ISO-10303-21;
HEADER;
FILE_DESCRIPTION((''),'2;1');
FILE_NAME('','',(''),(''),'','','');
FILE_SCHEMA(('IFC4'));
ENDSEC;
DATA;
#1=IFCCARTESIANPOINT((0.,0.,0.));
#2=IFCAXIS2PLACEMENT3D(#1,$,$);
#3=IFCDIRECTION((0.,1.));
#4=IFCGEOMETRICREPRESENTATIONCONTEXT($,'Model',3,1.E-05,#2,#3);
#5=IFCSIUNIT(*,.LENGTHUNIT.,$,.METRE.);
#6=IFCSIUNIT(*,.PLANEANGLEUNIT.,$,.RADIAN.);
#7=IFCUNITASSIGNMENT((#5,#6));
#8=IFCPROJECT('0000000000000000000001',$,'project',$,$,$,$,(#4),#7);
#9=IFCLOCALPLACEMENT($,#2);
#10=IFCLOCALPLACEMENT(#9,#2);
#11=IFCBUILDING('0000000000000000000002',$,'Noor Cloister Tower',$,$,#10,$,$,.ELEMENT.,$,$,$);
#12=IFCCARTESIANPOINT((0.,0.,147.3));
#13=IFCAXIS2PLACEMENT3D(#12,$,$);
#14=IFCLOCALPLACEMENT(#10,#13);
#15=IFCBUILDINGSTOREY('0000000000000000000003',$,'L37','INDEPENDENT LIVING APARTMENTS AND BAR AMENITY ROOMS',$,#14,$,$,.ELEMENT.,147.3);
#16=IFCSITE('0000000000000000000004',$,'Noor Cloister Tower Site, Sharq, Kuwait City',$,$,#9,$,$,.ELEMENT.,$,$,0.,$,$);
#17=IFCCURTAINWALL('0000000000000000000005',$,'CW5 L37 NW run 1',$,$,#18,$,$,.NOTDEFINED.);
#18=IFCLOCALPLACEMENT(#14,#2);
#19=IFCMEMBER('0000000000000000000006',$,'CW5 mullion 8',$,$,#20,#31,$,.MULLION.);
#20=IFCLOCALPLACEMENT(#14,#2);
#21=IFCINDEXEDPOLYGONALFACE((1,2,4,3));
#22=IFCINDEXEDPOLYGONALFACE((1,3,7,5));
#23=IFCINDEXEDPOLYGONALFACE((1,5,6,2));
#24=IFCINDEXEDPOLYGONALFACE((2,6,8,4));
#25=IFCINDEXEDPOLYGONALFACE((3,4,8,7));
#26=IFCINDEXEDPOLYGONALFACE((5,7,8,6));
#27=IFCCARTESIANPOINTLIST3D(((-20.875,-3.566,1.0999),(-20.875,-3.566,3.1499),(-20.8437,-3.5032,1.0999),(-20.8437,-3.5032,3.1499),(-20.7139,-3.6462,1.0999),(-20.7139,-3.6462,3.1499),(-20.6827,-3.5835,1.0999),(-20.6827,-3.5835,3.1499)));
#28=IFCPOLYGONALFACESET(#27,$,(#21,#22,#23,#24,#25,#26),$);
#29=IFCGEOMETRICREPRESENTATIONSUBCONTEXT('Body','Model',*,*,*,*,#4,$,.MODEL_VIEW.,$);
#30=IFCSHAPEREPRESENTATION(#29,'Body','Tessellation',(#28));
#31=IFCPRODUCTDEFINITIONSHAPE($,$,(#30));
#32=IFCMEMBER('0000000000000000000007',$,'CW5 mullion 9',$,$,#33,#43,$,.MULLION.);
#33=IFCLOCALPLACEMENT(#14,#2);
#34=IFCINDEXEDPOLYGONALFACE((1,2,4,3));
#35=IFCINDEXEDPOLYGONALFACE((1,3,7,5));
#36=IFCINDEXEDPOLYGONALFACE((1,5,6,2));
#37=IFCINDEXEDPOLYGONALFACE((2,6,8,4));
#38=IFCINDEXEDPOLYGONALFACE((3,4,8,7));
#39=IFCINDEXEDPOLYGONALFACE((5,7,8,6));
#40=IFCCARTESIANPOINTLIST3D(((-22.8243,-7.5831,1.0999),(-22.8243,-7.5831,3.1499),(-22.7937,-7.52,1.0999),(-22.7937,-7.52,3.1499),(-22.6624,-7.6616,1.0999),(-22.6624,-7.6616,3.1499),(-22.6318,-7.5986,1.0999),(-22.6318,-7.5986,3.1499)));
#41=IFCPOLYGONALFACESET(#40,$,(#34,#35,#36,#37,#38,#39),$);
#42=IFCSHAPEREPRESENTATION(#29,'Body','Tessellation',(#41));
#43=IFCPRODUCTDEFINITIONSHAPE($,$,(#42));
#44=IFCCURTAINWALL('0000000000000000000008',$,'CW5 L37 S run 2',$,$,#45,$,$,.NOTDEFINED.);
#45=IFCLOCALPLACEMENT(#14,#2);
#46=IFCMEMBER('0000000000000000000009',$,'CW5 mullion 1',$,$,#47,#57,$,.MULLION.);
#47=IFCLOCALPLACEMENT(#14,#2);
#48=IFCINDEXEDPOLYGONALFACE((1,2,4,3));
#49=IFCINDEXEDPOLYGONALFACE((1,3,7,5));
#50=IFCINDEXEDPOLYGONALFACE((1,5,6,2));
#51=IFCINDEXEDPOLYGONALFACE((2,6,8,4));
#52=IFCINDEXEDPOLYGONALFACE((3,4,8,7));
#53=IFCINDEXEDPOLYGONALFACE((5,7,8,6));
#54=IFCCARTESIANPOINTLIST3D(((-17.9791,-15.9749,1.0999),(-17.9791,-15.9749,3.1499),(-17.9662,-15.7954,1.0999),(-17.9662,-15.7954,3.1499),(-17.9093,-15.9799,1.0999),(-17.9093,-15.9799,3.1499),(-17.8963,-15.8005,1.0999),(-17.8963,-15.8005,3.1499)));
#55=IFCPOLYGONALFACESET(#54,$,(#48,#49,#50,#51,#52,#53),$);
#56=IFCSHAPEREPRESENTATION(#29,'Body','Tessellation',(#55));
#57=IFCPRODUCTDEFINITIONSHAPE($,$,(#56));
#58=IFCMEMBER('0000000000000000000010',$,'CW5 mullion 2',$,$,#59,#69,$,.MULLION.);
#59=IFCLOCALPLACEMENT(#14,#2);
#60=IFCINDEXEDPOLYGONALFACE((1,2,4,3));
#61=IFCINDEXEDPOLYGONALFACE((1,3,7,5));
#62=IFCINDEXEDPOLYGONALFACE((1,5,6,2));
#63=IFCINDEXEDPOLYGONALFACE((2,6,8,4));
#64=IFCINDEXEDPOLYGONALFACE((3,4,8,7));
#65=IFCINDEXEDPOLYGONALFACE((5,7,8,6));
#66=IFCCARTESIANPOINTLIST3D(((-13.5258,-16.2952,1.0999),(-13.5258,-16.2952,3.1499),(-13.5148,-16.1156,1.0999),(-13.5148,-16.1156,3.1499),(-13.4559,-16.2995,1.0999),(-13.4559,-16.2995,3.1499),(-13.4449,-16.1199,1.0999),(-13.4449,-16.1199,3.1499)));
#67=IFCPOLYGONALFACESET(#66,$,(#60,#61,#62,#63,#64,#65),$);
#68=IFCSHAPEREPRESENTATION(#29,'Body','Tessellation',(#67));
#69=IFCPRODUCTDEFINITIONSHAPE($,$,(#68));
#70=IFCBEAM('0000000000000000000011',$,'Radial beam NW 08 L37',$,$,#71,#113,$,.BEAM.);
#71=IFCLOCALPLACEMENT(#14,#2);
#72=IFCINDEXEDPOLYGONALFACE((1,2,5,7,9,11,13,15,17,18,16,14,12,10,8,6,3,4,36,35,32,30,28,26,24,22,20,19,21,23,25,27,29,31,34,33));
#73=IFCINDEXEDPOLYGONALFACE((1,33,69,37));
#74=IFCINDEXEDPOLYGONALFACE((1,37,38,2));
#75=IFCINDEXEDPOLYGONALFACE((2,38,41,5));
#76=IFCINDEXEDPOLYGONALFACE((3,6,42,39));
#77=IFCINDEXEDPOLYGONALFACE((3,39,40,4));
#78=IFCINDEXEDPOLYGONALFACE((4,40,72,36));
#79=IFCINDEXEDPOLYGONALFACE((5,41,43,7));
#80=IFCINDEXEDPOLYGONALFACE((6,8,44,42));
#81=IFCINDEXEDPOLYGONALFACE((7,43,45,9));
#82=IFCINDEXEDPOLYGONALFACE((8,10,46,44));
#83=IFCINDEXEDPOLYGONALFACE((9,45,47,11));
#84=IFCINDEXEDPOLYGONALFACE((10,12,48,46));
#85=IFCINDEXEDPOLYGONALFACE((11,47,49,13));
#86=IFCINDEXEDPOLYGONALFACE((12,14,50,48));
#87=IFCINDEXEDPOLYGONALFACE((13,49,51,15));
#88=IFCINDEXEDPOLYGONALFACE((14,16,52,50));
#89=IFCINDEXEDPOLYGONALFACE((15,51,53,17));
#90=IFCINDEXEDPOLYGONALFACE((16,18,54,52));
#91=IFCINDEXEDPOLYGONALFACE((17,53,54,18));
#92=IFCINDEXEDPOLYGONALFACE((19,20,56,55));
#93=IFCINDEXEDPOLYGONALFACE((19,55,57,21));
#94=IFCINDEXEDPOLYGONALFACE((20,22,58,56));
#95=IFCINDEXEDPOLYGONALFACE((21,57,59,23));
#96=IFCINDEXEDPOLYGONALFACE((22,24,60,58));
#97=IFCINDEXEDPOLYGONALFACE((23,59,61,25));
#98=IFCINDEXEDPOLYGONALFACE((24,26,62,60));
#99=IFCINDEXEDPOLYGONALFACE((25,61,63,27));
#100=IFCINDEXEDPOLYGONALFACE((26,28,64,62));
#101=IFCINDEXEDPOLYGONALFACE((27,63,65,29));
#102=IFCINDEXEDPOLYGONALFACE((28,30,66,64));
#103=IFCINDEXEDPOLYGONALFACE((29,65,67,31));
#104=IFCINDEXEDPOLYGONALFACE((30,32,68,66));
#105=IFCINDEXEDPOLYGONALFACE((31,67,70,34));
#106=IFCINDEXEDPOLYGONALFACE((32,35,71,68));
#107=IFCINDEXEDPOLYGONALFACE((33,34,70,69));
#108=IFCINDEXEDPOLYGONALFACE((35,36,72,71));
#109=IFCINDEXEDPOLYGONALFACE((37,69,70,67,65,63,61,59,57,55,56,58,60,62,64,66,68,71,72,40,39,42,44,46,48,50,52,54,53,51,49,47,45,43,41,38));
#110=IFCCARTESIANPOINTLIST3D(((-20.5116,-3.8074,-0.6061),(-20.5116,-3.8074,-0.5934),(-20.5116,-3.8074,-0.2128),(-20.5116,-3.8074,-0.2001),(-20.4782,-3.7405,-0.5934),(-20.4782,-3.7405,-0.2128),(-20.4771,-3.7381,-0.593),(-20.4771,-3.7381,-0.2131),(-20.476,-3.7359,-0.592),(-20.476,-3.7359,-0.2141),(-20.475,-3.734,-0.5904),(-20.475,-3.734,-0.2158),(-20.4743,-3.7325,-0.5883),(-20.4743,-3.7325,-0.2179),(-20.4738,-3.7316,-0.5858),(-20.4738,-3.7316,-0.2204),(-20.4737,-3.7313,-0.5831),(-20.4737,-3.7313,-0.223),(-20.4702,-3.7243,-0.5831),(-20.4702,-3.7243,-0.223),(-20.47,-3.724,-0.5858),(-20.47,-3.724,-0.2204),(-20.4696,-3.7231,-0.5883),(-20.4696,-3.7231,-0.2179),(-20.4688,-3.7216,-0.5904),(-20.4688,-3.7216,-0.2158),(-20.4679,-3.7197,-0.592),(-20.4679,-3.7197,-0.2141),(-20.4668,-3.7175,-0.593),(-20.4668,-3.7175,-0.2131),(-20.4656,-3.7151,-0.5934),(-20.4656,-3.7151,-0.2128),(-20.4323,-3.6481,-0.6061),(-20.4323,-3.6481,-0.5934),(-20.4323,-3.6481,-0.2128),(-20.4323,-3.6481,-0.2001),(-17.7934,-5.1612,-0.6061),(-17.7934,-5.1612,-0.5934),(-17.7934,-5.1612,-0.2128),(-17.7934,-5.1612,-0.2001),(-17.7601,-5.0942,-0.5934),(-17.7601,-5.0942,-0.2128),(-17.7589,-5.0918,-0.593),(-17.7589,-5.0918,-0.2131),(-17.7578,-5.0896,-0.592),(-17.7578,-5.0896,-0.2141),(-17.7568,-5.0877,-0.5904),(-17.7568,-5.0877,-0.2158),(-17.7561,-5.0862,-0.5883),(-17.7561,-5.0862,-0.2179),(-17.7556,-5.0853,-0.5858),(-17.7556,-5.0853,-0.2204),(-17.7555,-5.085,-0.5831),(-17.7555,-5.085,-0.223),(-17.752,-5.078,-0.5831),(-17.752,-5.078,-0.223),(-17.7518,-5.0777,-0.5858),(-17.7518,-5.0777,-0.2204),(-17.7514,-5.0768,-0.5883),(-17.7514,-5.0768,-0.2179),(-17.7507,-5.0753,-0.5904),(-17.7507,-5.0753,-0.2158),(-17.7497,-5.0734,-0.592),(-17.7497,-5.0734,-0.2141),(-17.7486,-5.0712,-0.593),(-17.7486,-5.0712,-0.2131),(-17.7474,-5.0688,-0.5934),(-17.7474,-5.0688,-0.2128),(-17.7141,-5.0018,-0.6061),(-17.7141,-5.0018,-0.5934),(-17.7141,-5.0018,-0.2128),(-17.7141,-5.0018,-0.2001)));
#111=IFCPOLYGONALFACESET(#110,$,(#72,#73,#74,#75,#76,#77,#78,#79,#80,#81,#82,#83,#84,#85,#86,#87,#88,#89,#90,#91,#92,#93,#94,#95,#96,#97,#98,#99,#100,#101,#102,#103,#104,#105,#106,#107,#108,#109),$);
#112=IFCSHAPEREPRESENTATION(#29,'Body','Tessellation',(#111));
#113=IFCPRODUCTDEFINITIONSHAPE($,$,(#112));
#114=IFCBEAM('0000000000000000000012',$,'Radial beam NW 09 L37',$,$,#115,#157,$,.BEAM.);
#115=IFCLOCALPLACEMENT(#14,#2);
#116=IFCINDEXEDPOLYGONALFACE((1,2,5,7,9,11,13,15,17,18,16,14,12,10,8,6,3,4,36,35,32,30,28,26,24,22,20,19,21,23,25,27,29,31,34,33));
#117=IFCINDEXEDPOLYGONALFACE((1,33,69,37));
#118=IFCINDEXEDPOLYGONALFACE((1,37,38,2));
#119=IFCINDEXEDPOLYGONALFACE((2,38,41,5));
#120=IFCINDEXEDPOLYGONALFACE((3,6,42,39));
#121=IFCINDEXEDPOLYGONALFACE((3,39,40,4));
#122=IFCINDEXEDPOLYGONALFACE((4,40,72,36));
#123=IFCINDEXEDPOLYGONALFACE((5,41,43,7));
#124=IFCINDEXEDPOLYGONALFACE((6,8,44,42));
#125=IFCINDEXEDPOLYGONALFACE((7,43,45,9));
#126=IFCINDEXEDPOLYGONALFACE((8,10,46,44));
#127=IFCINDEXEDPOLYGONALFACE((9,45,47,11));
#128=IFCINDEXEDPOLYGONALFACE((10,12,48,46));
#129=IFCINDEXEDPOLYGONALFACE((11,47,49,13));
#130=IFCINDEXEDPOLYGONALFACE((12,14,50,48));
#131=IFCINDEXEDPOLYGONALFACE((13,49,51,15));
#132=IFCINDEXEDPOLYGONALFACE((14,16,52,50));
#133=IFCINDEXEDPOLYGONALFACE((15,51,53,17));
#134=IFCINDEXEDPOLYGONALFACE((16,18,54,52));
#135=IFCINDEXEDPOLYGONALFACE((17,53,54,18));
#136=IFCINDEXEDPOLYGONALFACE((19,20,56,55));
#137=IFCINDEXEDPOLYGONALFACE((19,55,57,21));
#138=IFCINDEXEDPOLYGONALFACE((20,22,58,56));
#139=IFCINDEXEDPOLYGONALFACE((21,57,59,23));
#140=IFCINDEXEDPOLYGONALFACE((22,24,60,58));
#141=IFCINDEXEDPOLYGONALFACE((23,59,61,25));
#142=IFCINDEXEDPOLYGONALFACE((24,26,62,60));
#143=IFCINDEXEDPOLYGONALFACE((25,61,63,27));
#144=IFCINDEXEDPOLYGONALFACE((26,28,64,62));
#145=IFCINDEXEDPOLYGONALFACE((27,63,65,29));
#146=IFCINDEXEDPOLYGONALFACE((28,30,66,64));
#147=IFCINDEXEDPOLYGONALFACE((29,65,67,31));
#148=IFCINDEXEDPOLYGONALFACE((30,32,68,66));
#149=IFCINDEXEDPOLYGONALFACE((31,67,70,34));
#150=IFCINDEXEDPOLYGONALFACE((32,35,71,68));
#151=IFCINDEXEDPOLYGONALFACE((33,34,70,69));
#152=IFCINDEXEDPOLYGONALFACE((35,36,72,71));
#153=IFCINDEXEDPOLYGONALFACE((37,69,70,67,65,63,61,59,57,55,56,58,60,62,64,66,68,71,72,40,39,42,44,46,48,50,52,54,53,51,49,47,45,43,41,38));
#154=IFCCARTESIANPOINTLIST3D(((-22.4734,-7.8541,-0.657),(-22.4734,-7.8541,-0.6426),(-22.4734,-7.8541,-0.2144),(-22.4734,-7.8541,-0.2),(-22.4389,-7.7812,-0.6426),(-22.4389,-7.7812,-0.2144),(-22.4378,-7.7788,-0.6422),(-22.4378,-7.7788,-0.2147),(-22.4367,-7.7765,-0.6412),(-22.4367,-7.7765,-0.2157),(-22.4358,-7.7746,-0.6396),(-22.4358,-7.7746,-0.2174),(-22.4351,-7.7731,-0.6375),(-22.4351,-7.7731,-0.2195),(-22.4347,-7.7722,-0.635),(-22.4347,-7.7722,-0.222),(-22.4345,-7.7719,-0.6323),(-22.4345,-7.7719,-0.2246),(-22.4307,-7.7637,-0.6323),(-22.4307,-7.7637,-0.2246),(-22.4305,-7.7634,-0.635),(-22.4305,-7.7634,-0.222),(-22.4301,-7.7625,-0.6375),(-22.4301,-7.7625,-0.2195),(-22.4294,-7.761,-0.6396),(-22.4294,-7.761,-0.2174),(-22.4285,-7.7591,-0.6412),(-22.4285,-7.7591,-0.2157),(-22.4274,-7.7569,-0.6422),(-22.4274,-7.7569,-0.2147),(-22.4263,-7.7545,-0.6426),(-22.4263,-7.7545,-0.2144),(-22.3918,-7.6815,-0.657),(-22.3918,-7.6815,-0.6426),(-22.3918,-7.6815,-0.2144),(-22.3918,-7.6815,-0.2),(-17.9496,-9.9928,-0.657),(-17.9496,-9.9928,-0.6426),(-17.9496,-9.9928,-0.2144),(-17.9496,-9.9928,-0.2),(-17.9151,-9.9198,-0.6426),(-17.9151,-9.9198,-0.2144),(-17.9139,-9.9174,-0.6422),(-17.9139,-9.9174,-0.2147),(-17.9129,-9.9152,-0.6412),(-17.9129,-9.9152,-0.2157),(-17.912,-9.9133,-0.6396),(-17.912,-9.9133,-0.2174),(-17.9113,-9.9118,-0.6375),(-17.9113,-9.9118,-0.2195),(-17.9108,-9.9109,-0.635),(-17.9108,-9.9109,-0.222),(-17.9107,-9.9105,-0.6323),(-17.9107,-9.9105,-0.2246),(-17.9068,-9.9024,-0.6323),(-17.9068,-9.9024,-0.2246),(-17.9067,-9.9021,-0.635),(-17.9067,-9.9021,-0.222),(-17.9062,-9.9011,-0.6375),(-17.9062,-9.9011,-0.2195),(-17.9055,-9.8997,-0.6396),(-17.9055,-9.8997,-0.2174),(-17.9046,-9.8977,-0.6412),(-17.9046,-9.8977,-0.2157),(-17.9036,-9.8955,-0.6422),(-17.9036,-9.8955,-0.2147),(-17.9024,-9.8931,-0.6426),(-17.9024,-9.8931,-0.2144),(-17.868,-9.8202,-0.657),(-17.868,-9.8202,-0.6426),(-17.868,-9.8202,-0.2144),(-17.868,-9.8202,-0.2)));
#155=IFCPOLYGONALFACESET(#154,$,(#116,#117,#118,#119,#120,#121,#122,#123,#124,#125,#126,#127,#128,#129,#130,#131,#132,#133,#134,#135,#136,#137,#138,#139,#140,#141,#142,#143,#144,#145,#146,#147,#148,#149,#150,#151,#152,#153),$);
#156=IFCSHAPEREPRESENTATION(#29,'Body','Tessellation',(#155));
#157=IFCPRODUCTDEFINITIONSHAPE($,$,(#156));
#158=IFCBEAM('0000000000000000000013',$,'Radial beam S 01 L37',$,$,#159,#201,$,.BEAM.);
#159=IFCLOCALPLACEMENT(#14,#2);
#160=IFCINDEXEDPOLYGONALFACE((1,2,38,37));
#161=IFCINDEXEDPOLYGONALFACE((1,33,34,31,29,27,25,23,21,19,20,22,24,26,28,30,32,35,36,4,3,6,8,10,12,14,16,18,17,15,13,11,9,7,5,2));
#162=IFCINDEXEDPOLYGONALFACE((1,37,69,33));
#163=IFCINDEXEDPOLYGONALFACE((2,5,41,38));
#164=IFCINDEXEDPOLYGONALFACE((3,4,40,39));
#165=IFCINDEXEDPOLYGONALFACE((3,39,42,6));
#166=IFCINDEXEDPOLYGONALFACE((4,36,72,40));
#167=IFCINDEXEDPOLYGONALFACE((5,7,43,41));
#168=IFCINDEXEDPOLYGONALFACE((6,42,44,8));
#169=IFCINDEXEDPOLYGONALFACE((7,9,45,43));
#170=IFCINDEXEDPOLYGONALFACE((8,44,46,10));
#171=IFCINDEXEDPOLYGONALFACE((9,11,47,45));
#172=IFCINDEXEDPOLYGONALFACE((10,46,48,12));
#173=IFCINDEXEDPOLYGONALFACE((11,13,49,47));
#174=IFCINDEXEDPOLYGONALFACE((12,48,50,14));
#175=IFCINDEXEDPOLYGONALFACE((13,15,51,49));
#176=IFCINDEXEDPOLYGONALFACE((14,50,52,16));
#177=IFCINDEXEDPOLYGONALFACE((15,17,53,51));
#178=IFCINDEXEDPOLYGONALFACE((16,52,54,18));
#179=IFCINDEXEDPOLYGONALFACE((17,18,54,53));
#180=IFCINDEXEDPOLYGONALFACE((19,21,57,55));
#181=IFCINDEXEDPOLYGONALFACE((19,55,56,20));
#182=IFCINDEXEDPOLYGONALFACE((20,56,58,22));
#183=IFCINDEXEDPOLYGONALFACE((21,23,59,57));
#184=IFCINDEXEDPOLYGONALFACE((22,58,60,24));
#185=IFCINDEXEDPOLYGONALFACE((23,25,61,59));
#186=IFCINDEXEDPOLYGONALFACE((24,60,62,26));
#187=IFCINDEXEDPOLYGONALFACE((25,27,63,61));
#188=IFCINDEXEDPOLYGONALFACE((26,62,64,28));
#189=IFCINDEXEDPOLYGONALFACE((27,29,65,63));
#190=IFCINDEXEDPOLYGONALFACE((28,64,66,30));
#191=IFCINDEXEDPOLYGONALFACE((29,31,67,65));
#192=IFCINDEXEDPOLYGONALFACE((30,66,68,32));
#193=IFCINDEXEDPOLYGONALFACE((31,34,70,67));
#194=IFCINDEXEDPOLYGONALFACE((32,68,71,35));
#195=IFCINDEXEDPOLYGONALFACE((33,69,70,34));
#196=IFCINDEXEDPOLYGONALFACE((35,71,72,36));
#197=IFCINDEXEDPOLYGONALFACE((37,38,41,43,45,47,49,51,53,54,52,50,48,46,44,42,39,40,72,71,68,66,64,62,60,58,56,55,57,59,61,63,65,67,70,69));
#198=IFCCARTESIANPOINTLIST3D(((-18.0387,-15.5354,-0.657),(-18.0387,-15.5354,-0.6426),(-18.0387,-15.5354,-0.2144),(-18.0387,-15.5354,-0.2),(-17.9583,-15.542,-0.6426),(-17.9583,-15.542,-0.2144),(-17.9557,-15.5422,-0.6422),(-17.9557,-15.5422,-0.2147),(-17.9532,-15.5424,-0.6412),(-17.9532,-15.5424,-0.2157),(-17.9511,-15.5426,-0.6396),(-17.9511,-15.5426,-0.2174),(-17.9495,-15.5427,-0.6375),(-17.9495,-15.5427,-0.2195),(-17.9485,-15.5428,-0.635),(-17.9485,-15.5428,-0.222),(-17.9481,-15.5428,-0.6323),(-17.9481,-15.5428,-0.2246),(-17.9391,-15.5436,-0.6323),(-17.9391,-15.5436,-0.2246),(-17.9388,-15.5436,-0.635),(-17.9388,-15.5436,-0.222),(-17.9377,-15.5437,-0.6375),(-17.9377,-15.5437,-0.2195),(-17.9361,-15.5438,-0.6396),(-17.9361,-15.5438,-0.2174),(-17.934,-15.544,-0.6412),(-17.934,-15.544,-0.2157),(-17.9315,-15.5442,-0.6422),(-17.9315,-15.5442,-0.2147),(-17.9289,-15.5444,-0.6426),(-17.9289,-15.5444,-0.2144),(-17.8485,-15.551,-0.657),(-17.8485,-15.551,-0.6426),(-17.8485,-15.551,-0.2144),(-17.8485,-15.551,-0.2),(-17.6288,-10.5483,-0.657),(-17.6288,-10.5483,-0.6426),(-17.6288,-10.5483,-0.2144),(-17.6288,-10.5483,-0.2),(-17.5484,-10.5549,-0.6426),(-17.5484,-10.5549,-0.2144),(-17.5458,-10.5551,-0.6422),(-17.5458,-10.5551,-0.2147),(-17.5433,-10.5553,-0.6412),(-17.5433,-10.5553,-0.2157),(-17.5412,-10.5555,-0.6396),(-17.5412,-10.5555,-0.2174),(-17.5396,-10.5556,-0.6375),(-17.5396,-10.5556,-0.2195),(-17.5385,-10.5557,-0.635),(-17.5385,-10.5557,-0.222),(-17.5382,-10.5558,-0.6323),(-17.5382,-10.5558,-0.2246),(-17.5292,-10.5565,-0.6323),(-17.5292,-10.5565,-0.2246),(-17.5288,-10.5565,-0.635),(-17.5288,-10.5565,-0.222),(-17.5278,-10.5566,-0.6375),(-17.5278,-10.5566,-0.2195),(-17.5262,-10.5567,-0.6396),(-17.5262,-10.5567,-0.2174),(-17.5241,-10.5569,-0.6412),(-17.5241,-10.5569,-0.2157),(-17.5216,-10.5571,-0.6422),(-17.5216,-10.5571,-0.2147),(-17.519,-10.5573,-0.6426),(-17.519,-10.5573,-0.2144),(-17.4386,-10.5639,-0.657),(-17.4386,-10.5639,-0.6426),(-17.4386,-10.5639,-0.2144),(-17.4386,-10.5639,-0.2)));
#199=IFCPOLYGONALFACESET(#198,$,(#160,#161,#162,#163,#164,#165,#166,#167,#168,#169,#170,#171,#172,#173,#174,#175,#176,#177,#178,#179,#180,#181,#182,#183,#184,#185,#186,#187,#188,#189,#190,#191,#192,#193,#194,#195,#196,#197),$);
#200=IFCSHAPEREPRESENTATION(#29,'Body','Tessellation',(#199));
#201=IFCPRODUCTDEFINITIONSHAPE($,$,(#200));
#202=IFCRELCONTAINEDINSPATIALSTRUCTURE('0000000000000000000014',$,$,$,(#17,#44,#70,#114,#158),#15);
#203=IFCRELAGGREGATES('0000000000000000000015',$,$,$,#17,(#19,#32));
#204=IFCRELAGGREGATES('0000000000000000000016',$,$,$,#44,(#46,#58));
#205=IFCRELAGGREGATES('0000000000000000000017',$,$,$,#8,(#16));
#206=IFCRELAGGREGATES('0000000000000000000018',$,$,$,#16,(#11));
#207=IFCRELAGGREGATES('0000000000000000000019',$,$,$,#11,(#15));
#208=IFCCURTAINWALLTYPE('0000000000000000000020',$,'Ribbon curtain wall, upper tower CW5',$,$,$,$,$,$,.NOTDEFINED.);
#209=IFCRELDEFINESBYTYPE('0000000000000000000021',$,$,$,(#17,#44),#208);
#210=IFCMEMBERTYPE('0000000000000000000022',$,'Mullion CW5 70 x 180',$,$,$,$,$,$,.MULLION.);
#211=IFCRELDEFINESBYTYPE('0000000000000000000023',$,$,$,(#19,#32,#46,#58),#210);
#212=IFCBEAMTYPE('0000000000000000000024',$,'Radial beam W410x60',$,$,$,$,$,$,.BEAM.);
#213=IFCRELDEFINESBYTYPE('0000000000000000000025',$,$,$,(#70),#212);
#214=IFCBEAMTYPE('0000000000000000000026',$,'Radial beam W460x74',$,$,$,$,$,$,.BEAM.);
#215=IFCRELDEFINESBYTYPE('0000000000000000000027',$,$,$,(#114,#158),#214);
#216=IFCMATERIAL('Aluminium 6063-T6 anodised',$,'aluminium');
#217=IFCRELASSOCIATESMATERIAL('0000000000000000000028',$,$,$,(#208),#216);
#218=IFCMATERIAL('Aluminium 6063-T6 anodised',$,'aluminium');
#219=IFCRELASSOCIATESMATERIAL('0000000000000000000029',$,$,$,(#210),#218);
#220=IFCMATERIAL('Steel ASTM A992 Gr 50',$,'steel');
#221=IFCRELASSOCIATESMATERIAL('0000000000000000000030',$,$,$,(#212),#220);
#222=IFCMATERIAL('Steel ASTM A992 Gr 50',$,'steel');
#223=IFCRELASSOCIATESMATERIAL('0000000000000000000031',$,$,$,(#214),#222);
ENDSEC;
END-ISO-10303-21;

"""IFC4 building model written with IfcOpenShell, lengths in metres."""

from ifc_helpers import new_model, si_unit, direction, frame, origin, origin_2d, place, context, subcontext, project, spatial, rectangle, i_section, extrude, material, material_profile, profile_set, type_object, element, aggregate, save


model = new_model("IFC4")

# Units and contexts
model_context = context("Model", 3, precision=1e-05, world=origin(), true_north=direction((0.0, 1.0)))
body_context = subcontext(model_context, "Body", "Model", "MODEL_VIEW")
ifc_project = project(units=[si_unit("LENGTHUNIT", "METRE"), si_unit("PLANEANGLEUNIT", "RADIAN")], contexts=[model_context])

# Site, building, storey
site_placement = place(None, origin())
site = spatial("IfcSite", under=ifc_project, at=site_placement, Name="Noor Cloister Tower Site, Sharq, Kuwait City", CompositionType="ELEMENT", RefElevation=0.0)
building_placement = place(site_placement, origin())
building = spatial("IfcBuilding", under=site, at=building_placement, Name="Noor Cloister Tower", CompositionType="ELEMENT")
storey_placement = place(building_placement, frame((0.0, 0.0, 147.3)))
storey = spatial("IfcBuildingStorey", under=building, at=storey_placement, Name="L37", Description="INDEPENDENT LIVING APARTMENTS AND BAR AMENITY ROOMS", CompositionType="ELEMENT", Elevation=147.3)

# Curtain walls, members
ifc_material_1 = material(Name="Aluminium 6063-T6 anodised", Category="aluminium")
curtain_wall_type = type_object("IfcCurtainWallType", Name="Ribbon curtain wall, upper tower CW5", PredefinedType="NOTDEFINED", material=ifc_material_1)
curtain_wall_1_placement = place(storey_placement, origin())
curtain_wall_1 = element("IfcCurtainWall", 1, at=curtain_wall_1_placement, inside=storey, type_object=curtain_wall_type, Name="CW5 L37 NW run 1", PredefinedType="NOTDEFINED")
ifc_material_2 = material(Name="Aluminium 6063-T6 anodised", Category="aluminium")
ifc_material_profile_1 = material_profile(ifc_material_2, rectangle(XDim=0.1799, YDim=0.0701, at=origin_2d()), Name="180 x 70 mullion")
ifc_profile_set_1 = profile_set([ifc_material_profile_1], Name="Aluminium 6063-T6 anodised")
member_type = type_object("IfcMemberType", Name="Mullion CW5 70 x 180", PredefinedType="MULLION", material=ifc_profile_set_1)
member_1_placement = place(storey_placement, frame((-20.7788, -3.5747, 1.0999), z_axis=(0.0, 0.0, 1.0), x_axis=(0.895123, -0.445819, 0.0)))
member_1 = element("IfcMember", 2, at=member_1_placement, type_object=member_type, Name="CW5 mullion 8", PredefinedType="MULLION", context=body_context, shape_type="SweptSolid", body=[
    extrude(rectangle(XDim=0.1799, YDim=0.0701, at=origin_2d()), origin(), (0.0, 0.0, 1.0), 2.05),
])
member_2_placement = place(storey_placement, frame((-22.728, -7.5908, 1.0999), z_axis=(0.0, 0.0, 1.0), x_axis=(0.899647, -0.436619, 0.0)))
member_2 = element("IfcMember", 3, at=member_2_placement, type_object=member_type, Name="CW5 mullion 9", PredefinedType="MULLION", context=body_context, shape_type="SweptSolid", body=[
    extrude(rectangle(XDim=0.1799, YDim=0.0701, at=origin_2d()), origin(), (0.0, 0.0, 1.0), 2.05),
])
curtain_wall_2_placement = place(storey_placement, origin())
curtain_wall_2 = element("IfcCurtainWall", 4, at=curtain_wall_2_placement, inside=storey, type_object=curtain_wall_type, Name="CW5 L37 S run 2", PredefinedType="NOTDEFINED")
member_3_placement = place(storey_placement, frame((-17.9377, -15.8877, 1.0999), z_axis=(0.0, 0.0, 1.0), x_axis=(0.0717, 0.997426, 0.0)))
member_3 = element("IfcMember", 5, at=member_3_placement, type_object=member_type, Name="CW5 mullion 1", PredefinedType="MULLION", context=body_context, shape_type="SweptSolid", body=[
    extrude(rectangle(XDim=0.1799, YDim=0.0701, at=origin_2d()), origin(), (0.0, 0.0, 1.0), 2.05),
])
member_4_placement = place(storey_placement, frame((-13.4854, -16.2075, 1.0999), z_axis=(0.0, 0.0, 1.0), x_axis=(0.061471, 0.998109, 0.0)))
member_4 = element("IfcMember", 6, at=member_4_placement, type_object=member_type, Name="CW5 mullion 2", PredefinedType="MULLION", context=body_context, shape_type="SweptSolid", body=[
    extrude(rectangle(XDim=0.1799, YDim=0.0701, at=origin_2d()), origin(), (0.0, 0.0, 1.0), 2.05),
])

# Beams
ifc_material_3 = material(Name="Steel ASTM A992 Gr 50", Category="steel")
ifc_material_profile_2 = material_profile(ifc_material_3, i_section(OverallWidth=0.178, OverallDepth=0.406, WebThickness=0.0078, FlangeThickness=0.0127, FilletRadius=0.0103, at=origin_2d()), Name="W410x60")
ifc_profile_set_2 = profile_set([ifc_material_profile_2], Name="Steel ASTM A992 Gr 50")
beam_type_1 = type_object("IfcBeamType", Name="Radial beam W410x60", PredefinedType="BEAM", material=ifc_profile_set_2)
beam_1_placement = place(storey_placement, frame((-20.4719, -3.7278, -0.4031), z_axis=(0.895134, -0.445798, 0.0), x_axis=(0.445798, 0.895134, 0.0)))
element("IfcBeam", 7, at=beam_1_placement, inside=storey, type_object=beam_type_1, Name="Radial beam NW 08 L37", PredefinedType="BEAM", context=body_context, shape_type="SweptSolid", body=[
    extrude(i_section(OverallWidth=0.178, OverallDepth=0.406, WebThickness=0.0078, FlangeThickness=0.0127, FilletRadius=0.0103, at=origin_2d()), origin(), (0.0, 0.0, 1.0), 3.0366),
])
ifc_material_4 = material(Name="Steel ASTM A992 Gr 50", Category="steel")
ifc_material_profile_3 = material_profile(ifc_material_4, i_section(OverallWidth=0.1909, OverallDepth=0.457, WebThickness=0.009, FlangeThickness=0.0144, FilletRadius=0.0103, at=origin_2d()), Name="W460x74")
ifc_profile_set_3 = profile_set([ifc_material_profile_3], Name="Steel ASTM A992 Gr 50")
beam_type_2 = type_object("IfcBeamType", Name="Radial beam W460x74", PredefinedType="BEAM", material=ifc_profile_set_3)
for number, where, z_axis, x_axis, name in (
    (8, (-22.4326, -7.7678, -0.4285), (0.904065, -0.427394, 0.0), (0.427394, 0.904065, 0.0), "Radial beam NW 09 L37"),
    (9, (-17.9436, -15.5432, -0.4285), (0.081919, 0.996639, 0.0), (-0.996639, 0.081919, 0.0), "Radial beam S 01 L37"),
):
    element("IfcBeam", number, at=place(storey_placement, frame(where, z_axis=z_axis, x_axis=x_axis)), inside=storey, type_object=beam_type_2, Name=name, PredefinedType="BEAM", context=body_context, shape_type="SweptSolid", body=[
        extrude(i_section(OverallWidth=0.1909, OverallDepth=0.457, WebThickness=0.009, FlangeThickness=0.0144, FilletRadius=0.0103, at=origin_2d()), origin(), (0.0, 0.0, 1.0), 5.0039),
    ])

aggregate(curtain_wall_1, [member_1, member_2])
aggregate(curtain_wall_2, [member_3, member_4])

save(model, "model.ifc")
